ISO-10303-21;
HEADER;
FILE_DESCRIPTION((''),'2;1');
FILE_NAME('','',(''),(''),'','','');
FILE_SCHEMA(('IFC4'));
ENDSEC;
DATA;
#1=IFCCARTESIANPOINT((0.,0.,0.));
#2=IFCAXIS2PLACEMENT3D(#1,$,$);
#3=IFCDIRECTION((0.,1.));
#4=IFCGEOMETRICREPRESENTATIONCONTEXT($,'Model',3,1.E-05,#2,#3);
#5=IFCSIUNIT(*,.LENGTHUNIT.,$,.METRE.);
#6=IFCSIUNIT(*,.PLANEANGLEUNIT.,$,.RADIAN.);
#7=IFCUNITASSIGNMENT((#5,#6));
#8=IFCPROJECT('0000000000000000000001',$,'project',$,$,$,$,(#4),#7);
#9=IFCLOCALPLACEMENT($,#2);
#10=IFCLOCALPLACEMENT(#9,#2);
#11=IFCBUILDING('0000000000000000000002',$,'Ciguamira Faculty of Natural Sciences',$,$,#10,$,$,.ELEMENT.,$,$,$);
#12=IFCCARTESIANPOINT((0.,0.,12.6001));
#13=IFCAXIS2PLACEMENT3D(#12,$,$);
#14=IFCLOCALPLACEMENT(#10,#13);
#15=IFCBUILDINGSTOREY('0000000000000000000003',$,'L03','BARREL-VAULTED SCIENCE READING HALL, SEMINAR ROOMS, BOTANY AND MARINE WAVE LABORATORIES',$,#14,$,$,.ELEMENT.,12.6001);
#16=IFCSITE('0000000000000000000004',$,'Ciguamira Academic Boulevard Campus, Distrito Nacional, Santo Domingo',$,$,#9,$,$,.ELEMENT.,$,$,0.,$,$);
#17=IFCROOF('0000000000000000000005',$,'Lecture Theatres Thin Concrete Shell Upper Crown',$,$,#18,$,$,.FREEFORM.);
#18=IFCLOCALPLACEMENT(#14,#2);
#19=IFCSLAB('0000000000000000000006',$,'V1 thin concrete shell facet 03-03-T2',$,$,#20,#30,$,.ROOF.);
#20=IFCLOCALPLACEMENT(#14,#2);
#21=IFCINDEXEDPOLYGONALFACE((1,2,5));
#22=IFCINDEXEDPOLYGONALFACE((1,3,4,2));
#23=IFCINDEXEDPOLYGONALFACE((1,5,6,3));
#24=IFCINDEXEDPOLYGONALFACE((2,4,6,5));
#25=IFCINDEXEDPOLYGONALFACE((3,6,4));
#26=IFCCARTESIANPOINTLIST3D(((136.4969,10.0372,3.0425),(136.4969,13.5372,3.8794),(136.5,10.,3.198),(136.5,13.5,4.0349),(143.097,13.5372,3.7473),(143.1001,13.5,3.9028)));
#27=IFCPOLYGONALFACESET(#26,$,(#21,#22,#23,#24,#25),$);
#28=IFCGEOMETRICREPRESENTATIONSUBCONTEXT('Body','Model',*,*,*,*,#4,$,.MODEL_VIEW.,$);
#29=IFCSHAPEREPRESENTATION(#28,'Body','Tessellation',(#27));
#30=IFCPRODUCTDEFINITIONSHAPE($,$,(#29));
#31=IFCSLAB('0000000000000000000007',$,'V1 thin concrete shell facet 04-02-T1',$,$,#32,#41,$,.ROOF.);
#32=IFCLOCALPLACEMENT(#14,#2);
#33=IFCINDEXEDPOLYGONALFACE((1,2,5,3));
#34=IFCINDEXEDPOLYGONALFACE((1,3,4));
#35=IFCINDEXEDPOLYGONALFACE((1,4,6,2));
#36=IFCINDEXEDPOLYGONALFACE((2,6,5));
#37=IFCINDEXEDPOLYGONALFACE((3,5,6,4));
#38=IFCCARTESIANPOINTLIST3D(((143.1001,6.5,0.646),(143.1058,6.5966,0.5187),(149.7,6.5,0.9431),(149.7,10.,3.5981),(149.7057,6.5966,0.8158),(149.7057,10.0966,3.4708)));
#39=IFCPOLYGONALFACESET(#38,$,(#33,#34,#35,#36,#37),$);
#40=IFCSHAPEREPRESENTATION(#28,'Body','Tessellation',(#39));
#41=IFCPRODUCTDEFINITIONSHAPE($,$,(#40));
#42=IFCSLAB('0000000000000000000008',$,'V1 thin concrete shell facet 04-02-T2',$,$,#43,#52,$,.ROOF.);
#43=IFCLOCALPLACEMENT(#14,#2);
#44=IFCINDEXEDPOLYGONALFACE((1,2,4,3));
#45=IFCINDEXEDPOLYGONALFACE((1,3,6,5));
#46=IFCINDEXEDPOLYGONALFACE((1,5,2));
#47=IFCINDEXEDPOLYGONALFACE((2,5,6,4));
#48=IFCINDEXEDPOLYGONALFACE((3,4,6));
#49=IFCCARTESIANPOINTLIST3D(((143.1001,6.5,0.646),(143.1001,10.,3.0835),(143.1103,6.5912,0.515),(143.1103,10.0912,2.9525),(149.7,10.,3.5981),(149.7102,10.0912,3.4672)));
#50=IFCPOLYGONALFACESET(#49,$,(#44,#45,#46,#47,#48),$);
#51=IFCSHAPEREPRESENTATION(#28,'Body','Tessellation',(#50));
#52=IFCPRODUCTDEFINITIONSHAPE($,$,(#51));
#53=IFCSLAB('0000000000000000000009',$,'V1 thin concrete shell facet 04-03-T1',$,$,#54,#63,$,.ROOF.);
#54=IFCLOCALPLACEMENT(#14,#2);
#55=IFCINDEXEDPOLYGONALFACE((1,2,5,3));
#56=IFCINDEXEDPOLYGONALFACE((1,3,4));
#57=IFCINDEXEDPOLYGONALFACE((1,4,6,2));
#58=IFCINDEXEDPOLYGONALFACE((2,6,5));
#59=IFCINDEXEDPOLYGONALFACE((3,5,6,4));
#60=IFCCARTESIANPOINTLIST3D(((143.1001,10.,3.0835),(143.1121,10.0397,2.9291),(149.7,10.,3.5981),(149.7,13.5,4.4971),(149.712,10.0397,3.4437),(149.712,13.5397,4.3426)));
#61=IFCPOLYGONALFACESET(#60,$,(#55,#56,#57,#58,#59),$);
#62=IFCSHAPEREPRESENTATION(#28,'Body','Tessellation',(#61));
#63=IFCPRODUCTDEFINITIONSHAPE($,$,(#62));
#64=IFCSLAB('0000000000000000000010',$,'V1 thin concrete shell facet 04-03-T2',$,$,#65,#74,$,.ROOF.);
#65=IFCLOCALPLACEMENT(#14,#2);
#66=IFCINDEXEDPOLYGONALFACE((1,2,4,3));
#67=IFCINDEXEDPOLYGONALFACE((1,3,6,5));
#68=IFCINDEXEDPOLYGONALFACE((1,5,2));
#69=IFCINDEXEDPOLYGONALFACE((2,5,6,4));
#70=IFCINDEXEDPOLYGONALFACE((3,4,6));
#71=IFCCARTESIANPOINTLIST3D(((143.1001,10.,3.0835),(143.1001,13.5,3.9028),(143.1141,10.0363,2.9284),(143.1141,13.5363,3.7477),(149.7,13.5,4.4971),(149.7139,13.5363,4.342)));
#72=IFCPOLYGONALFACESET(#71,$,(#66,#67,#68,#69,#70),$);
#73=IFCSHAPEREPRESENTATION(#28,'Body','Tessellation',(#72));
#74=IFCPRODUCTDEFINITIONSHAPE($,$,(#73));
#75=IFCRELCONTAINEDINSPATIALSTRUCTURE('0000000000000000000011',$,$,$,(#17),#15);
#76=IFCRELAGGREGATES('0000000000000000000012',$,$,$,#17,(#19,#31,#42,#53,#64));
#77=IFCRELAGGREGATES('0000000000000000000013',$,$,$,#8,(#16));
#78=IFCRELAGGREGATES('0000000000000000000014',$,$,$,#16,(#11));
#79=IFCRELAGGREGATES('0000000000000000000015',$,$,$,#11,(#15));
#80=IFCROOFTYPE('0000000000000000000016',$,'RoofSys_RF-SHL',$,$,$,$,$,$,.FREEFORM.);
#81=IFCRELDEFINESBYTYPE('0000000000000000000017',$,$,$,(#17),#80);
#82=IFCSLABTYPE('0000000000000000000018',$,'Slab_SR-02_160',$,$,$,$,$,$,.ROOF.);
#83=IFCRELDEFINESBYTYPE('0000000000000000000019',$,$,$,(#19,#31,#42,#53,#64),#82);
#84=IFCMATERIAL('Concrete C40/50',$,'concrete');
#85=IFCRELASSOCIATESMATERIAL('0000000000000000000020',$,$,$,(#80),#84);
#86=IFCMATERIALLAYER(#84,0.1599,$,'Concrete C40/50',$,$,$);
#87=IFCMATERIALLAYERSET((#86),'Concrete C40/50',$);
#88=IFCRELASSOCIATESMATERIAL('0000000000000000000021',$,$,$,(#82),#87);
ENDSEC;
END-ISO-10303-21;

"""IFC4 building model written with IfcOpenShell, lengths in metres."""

from ifc_helpers import new_model, si_unit, direction, frame, origin, place, context, subcontext, project, spatial, polyline, outline, extrude, material, layer, layer_set, type_object, element, aggregate, save


model = new_model("IFC4")

# Units and contexts
model_context = context("Model", 3, precision=1e-05, world=origin(), true_north=direction((0.0, 1.0)))
body_context = subcontext(model_context, "Body", "Model", "MODEL_VIEW")
ifc_project = project(units=[si_unit("LENGTHUNIT", "METRE"), si_unit("PLANEANGLEUNIT", "RADIAN")], contexts=[model_context])

# Site, building, storey
site_placement = place(None, origin())
site = spatial("IfcSite", under=ifc_project, at=site_placement, Name="Ciguamira Academic Boulevard Campus, Distrito Nacional, Santo Domingo", CompositionType="ELEMENT", RefElevation=0.0)
building_placement = place(site_placement, origin())
building = spatial("IfcBuilding", under=site, at=building_placement, Name="Ciguamira Faculty of Natural Sciences", CompositionType="ELEMENT")
storey_placement = place(building_placement, frame((0.0, 0.0, 12.6001)))
storey = spatial("IfcBuildingStorey", under=building, at=storey_placement, Name="L03", Description="BARREL-VAULTED SCIENCE READING HALL, SEMINAR ROOMS, BOTANY AND MARINE WAVE LABORATORIES", CompositionType="ELEMENT", Elevation=12.6001)

# Shared definitions
ifc_material = material(Name="Concrete C40/50", Category="concrete")

# Roof, slabs
roof_type = type_object("IfcRoofType", Name="RoofSys_RF-SHL", PredefinedType="FREEFORM", material=ifc_material)
roof_placement = place(storey_placement, origin())
roof = element("IfcRoof", 1, at=roof_placement, inside=storey, type_object=roof_type, Name="Lecture Theatres Thin Concrete Shell Upper Crown", PredefinedType="FREEFORM")
ifc_layer = layer(ifc_material, 0.1599, Name="Concrete C40/50")
ifc_layer_set = layer_set([ifc_layer], Name="Concrete C40/50")
slab_type = type_object("IfcSlabType", Name="Slab_SR-02_160", PredefinedType="ROOF", material=ifc_layer_set)
slab_1_placement = place(storey_placement, frame((136.5, 10.0, 3.198), z_axis=(0.019459, -0.232518, 0.972397), x_axis=(0.879559, 0.466426, 0.093929)))
slab_1 = element("IfcSlab", 2, at=slab_1_placement, type_object=slab_type, Name="V1 thin concrete shell facet 03-03-T2", PredefinedType="ROOF", context=body_context, shape_type="SweptSolid", body=[
    extrude(outline(polyline([(0.0, 0.0), (7.5039, 0.0), (1.7111, 3.1658), (0.0, 0.0)])), origin(), (0.0, 0.0, -1.0), 0.1599),
])
slab_2_placement = place(storey_placement, frame((143.1001, 6.5, 0.646), z_axis=(-0.035844, -0.603977, 0.796195), x_axis=(0.998988, 0.0, 0.044973)))
slab_2 = element("IfcSlab", 3, at=slab_2_placement, type_object=slab_type, Name="V1 thin concrete shell facet 04-02-T1", PredefinedType="ROOF", context=body_context, shape_type="SweptSolid", body=[
    extrude(outline(polyline([(0.0, 0.0), (6.6065, 0.0), (6.7259, 4.3915), (0.0, 0.0)])), origin(), (0.0, 0.0, -1.0), 0.1599),
])
slab_3_placement = place(storey_placement, frame((143.1001, 6.5, 0.646), z_axis=(-0.063859, -0.570327, 0.818931), x_axis=(0.82163, 0.435722, 0.367519)))
slab_3 = element("IfcSlab", 4, at=slab_3_placement, type_object=slab_type, Name="V1 thin concrete shell facet 04-02-T2", PredefinedType="ROOF", context=body_context, shape_type="SweptSolid", body=[
    extrude(outline(polyline([(0.0, 0.0), (8.0326, 0.0), (2.4209, 3.5115), (0.0, 0.0)])), origin(), (0.0, 0.0, -1.0), 0.1599),
])
slab_4_placement = place(storey_placement, frame((143.1001, 10.0, 3.0835), z_axis=(-0.075313, -0.248056, 0.965814), x_axis=(0.996973, 0.0, 0.077743)))
slab_4 = element("IfcSlab", 5, at=slab_4_placement, type_object=slab_type, Name="V1 thin concrete shell facet 04-03-T1", PredefinedType="ROOF", context=body_context, shape_type="SweptSolid", body=[
    extrude(outline(polyline([(0.0, 0.0), (6.6199, 0.0), (6.6898, 3.6129), (0.0, 0.0)])), origin(), (0.0, 0.0, -1.0), 0.1599),
])
slab_5_placement = place(storey_placement, frame((143.1001, 10.0, 3.0835), z_axis=(-0.087333, -0.227063, 0.969956), x_axis=(0.868054, 0.460342, 0.185922)))
slab_5 = element("IfcSlab", 6, at=slab_5_placement, type_object=slab_type, Name="V1 thin concrete shell facet 04-03-T2", PredefinedType="ROOF", context=body_context, shape_type="SweptSolid", body=[
    extrude(outline(polyline([(0.0, 0.0), (7.603, 0.0), (1.7635, 3.1323), (0.0, 0.0)])), origin(), (0.0, 0.0, -1.0), 0.1599),
])
aggregate(roof, [slab_1, slab_2, slab_3, slab_4, slab_5])

save(model, "model.ifc")
